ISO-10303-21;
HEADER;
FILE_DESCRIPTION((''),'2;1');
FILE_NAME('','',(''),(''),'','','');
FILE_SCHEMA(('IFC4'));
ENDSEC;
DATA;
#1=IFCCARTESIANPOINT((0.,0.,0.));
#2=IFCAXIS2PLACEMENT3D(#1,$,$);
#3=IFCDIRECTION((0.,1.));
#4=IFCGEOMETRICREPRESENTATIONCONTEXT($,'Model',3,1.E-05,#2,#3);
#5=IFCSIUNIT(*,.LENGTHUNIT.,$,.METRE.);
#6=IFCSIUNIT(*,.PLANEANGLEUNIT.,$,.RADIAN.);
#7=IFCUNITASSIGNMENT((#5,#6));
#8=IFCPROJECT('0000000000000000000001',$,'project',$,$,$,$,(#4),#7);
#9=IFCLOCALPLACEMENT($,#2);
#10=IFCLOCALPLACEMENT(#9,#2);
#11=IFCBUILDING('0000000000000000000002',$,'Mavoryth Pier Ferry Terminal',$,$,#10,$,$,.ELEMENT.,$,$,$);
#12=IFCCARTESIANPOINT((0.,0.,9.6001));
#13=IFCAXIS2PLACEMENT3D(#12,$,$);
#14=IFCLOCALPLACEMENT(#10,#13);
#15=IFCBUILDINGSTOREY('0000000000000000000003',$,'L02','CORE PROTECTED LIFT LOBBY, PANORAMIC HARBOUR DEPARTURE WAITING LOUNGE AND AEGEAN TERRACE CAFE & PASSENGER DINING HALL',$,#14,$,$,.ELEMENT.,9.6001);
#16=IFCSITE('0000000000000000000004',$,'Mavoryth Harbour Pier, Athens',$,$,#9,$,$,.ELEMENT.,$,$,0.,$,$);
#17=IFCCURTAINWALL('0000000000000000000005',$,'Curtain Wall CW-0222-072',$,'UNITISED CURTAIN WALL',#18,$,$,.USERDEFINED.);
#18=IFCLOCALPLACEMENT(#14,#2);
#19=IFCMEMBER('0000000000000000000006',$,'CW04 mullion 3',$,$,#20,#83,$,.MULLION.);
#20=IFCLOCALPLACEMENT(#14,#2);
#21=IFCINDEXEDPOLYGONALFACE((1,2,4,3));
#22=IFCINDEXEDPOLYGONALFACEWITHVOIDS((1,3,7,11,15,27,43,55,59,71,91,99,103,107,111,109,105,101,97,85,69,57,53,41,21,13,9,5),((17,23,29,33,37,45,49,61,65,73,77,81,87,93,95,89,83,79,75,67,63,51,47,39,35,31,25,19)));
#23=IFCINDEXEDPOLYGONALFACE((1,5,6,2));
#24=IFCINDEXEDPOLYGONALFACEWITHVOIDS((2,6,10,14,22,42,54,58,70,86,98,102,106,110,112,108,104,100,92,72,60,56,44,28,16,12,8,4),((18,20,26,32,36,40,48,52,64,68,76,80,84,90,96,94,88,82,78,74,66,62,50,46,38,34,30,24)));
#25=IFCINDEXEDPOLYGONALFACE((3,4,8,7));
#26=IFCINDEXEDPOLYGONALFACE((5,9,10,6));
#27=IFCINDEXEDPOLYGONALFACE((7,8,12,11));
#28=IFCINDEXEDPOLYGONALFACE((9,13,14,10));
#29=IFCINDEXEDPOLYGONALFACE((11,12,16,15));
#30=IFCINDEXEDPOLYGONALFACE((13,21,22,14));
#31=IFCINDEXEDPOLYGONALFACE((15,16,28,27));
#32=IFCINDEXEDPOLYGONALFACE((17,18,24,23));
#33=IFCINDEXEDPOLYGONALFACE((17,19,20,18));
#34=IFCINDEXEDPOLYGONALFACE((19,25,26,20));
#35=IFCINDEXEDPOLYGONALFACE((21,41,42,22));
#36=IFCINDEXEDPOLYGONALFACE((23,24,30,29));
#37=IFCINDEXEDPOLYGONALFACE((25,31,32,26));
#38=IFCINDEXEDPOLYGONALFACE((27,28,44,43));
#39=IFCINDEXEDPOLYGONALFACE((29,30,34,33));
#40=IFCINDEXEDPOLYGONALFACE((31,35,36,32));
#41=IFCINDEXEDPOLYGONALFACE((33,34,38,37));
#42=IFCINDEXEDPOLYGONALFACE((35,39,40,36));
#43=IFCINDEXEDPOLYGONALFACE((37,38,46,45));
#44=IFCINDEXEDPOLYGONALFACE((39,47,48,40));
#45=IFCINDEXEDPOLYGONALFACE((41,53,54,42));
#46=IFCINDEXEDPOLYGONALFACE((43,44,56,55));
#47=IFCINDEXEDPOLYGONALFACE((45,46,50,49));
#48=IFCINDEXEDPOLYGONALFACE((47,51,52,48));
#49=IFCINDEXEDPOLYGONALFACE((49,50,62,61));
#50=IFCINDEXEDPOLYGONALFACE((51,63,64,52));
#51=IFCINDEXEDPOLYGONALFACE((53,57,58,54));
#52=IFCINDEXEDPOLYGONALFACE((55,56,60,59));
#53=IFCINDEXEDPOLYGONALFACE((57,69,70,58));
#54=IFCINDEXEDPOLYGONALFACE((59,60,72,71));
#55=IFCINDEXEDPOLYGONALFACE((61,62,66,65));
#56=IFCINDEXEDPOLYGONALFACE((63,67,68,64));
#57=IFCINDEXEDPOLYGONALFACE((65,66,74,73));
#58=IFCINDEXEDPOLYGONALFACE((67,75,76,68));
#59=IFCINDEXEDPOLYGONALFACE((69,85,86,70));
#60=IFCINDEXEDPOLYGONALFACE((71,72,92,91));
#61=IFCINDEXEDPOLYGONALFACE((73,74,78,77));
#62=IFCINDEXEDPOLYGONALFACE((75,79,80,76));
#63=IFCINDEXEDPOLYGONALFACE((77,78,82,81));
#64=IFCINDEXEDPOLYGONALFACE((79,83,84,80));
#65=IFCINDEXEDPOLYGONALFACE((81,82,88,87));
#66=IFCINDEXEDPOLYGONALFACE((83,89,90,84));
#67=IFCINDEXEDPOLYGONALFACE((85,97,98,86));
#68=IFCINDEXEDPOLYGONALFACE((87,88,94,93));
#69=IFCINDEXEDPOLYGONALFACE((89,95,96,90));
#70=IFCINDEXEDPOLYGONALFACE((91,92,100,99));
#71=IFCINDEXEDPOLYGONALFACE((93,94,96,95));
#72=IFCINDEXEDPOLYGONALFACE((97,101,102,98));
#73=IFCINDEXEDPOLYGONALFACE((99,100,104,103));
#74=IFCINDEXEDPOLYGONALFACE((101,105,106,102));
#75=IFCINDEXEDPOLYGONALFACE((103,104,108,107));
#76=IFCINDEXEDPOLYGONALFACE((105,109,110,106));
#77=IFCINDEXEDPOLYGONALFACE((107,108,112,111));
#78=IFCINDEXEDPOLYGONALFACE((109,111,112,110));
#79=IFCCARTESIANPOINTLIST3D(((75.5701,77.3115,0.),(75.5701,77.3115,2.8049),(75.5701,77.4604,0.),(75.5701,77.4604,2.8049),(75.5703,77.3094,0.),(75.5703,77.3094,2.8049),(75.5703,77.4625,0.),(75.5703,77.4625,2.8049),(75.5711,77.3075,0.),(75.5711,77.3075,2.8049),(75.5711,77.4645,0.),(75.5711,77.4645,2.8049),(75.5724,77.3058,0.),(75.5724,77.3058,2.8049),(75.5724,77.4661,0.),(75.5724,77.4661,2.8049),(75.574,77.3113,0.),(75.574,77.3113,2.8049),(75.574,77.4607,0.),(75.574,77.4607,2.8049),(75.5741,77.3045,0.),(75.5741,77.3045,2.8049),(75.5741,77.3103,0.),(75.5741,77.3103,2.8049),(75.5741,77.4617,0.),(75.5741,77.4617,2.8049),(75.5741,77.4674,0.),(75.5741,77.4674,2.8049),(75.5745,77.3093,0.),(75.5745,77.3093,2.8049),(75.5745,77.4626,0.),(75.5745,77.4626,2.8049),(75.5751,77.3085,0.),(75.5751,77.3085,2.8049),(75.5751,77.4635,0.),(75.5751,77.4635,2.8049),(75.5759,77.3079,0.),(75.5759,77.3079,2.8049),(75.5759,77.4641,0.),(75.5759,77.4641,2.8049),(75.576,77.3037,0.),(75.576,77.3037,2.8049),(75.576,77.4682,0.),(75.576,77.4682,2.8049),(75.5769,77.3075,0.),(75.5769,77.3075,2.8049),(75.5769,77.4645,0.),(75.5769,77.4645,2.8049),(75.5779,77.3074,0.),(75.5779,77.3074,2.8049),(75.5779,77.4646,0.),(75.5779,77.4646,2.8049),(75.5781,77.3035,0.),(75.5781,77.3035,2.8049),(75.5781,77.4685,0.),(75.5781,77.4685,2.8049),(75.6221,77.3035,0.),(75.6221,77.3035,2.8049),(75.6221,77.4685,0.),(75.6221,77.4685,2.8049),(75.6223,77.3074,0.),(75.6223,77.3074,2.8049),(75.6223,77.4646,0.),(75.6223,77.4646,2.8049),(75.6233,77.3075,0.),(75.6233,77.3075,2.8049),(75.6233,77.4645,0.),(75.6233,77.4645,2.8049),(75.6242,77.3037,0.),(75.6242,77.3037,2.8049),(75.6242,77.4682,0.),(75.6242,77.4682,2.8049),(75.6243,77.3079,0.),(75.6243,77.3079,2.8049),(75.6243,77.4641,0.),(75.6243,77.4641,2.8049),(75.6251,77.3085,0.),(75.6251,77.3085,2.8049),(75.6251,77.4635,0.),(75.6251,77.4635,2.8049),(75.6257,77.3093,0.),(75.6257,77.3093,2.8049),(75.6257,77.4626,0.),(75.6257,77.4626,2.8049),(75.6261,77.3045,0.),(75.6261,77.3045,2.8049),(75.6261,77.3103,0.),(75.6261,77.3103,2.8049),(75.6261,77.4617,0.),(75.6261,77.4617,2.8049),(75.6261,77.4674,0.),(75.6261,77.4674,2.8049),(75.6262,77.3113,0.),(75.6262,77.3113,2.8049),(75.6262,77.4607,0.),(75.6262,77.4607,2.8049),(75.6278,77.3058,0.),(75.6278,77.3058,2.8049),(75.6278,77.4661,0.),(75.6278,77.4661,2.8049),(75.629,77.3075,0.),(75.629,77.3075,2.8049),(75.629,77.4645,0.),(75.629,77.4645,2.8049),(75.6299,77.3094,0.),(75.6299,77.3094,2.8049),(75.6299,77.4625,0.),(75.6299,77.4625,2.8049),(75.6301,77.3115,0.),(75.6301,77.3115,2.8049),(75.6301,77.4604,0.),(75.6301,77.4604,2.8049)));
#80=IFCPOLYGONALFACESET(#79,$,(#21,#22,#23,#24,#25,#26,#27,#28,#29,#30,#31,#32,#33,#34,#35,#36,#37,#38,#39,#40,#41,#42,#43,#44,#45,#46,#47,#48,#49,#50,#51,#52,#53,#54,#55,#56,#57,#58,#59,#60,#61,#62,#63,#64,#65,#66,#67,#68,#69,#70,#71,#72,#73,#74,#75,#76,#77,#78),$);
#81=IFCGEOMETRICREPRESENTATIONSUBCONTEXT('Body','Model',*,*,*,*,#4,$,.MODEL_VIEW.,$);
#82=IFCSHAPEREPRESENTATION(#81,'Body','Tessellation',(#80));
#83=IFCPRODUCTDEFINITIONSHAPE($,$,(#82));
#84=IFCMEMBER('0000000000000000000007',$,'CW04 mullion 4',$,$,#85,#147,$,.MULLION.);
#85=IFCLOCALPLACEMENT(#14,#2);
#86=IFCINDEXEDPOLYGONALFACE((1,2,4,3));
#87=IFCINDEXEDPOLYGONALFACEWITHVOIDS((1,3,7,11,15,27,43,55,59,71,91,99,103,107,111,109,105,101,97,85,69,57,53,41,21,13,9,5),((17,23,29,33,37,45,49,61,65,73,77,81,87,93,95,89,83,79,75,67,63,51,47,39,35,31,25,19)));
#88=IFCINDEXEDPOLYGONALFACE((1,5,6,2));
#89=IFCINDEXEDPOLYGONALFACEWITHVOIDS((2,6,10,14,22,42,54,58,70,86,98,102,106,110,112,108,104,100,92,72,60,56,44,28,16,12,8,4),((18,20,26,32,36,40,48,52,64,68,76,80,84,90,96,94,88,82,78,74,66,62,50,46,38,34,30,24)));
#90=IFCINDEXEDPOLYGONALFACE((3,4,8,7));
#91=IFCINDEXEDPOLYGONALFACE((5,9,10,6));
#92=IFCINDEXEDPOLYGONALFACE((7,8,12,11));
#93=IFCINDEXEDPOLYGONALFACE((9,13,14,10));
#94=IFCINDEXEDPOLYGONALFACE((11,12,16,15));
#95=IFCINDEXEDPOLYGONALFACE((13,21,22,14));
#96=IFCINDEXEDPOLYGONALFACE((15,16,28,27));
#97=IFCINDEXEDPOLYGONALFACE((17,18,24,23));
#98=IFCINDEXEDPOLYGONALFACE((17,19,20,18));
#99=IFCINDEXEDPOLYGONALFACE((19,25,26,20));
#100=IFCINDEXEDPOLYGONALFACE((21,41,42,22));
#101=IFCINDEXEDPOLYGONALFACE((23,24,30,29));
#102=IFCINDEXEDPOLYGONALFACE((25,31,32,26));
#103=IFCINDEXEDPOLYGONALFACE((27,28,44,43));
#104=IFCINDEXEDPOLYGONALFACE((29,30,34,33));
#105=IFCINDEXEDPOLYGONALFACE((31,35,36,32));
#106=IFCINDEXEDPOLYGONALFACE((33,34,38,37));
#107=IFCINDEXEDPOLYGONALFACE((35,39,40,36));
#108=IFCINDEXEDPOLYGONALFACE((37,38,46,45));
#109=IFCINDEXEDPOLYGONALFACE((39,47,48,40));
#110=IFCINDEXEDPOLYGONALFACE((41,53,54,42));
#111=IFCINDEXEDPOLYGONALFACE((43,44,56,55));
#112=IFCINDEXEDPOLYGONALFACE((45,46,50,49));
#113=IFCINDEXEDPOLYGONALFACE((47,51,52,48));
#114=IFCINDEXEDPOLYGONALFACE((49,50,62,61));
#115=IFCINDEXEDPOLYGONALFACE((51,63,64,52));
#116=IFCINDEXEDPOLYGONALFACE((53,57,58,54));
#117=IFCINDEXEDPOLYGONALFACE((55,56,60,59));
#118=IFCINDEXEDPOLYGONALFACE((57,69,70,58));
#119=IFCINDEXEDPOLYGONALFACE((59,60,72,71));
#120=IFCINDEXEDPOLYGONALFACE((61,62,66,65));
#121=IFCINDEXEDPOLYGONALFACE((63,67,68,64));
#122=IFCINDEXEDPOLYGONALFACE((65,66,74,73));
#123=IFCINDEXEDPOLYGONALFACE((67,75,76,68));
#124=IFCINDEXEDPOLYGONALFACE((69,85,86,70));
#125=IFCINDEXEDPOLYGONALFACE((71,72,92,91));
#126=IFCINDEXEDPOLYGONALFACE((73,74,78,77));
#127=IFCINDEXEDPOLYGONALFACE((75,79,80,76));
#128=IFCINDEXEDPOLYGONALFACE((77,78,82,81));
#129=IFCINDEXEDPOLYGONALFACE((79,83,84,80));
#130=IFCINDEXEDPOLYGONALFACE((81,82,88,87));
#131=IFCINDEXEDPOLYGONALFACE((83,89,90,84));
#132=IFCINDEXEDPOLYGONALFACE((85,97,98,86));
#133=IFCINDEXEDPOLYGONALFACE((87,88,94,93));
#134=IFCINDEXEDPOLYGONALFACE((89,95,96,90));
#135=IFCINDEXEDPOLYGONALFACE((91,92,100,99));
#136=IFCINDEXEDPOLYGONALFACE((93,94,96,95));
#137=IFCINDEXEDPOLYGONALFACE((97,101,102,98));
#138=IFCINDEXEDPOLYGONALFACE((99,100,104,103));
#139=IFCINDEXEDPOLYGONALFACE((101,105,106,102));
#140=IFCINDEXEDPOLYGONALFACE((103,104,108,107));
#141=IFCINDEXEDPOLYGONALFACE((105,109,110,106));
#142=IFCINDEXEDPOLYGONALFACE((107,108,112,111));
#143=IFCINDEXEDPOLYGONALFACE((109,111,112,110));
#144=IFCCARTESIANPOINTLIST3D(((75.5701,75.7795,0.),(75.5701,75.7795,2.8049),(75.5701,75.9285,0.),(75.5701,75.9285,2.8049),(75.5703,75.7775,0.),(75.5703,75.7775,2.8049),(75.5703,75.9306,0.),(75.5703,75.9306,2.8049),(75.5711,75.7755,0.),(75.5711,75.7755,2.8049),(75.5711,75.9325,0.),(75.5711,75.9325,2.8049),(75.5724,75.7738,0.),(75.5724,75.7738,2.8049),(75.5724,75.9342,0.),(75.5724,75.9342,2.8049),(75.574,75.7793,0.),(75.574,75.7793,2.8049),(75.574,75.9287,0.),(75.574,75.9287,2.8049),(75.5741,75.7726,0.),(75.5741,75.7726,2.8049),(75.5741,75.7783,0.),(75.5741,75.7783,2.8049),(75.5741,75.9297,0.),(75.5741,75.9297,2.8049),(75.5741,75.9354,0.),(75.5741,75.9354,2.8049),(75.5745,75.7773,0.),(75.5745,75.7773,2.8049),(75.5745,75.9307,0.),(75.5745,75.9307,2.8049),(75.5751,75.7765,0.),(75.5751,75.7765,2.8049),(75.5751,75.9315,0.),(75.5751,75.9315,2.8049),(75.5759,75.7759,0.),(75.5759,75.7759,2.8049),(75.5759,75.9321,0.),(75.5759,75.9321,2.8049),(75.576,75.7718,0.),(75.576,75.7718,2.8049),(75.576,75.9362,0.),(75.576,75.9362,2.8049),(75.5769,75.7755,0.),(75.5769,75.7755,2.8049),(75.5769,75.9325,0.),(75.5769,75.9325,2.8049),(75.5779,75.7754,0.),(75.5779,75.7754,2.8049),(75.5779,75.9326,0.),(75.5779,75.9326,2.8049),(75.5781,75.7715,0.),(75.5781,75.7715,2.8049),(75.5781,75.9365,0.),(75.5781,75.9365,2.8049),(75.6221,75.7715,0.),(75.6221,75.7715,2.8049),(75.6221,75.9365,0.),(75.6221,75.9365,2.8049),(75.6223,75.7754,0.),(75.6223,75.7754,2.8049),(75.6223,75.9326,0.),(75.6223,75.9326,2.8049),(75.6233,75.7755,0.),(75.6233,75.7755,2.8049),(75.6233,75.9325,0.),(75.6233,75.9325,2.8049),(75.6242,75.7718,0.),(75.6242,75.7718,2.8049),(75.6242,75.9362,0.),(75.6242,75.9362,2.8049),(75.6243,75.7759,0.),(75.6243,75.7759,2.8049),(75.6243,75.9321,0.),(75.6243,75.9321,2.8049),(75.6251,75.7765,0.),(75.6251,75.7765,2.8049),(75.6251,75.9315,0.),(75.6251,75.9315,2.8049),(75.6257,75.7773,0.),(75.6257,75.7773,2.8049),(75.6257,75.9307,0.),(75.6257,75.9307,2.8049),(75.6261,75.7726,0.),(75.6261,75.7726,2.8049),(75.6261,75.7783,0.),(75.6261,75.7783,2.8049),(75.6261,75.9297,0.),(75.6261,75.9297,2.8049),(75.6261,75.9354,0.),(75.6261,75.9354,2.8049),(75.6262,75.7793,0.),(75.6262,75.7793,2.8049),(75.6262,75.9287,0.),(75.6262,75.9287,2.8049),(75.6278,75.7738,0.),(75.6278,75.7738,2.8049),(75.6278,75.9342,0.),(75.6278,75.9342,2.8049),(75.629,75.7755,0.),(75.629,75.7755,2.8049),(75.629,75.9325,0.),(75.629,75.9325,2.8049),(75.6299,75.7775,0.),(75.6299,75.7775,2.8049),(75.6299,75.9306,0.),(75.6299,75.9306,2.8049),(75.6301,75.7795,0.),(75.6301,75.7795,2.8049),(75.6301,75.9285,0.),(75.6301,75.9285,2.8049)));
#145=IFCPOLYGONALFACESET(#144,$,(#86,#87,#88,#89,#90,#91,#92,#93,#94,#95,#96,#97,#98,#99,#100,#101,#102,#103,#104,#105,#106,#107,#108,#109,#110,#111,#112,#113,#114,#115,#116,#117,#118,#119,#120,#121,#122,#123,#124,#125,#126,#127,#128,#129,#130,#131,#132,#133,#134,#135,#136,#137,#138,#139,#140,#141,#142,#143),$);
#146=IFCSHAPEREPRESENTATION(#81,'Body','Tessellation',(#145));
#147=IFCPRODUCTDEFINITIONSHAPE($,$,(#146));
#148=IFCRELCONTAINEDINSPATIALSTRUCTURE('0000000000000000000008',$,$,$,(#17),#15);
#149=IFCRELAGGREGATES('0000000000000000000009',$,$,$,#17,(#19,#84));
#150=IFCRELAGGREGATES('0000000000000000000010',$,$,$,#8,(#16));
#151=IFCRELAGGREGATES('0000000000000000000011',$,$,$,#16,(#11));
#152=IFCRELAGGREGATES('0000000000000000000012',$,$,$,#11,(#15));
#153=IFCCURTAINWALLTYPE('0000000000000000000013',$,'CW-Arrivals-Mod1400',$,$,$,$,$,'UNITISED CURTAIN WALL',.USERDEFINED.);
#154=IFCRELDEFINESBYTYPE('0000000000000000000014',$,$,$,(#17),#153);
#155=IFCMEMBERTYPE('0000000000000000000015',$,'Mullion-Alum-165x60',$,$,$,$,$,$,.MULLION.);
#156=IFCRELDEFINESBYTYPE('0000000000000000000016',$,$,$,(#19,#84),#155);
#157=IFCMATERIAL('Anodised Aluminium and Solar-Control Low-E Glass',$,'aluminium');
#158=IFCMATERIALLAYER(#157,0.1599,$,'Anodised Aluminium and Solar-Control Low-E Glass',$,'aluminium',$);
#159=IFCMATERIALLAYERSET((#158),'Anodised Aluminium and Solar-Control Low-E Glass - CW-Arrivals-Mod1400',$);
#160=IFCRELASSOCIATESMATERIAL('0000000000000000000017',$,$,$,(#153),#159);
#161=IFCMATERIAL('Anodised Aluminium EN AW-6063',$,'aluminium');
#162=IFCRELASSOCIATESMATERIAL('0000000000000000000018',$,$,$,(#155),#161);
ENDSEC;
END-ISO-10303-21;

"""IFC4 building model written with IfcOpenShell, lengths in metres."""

from ifc_helpers import new_model, si_unit, direction, frame, origin, origin_2d, place, context, subcontext, project, spatial, hollow_rectangle, extrude, material, layer, layer_set, material_profile, profile_set, type_object, element, aggregate, save


model = new_model("IFC4")

# Units and contexts
model_context = context("Model", 3, precision=1e-05, world=origin(), true_north=direction((0.0, 1.0)))
body_context = subcontext(model_context, "Body", "Model", "MODEL_VIEW")
ifc_project = project(units=[si_unit("LENGTHUNIT", "METRE"), si_unit("PLANEANGLEUNIT", "RADIAN")], contexts=[model_context])

# Site, building, storey
site_placement = place(None, origin())
site = spatial("IfcSite", under=ifc_project, at=site_placement, Name="Mavoryth Harbour Pier, Athens", CompositionType="ELEMENT", RefElevation=0.0)
building_placement = place(site_placement, origin())
building = spatial("IfcBuilding", under=site, at=building_placement, Name="Mavoryth Pier Ferry Terminal", CompositionType="ELEMENT")
storey_placement = place(building_placement, frame((0.0, 0.0, 9.6001)))
storey = spatial("IfcBuildingStorey", under=building, at=storey_placement, Name="L02", Description="CORE PROTECTED LIFT LOBBY, PANORAMIC HARBOUR DEPARTURE WAITING LOUNGE AND AEGEAN TERRACE CAFE & PASSENGER DINING HALL", CompositionType="ELEMENT", Elevation=9.6001)

# Curtain wall, members
ifc_material_1 = material(Name="Anodised Aluminium and Solar-Control Low-E Glass", Category="aluminium")
ifc_layer_1 = layer(ifc_material_1, 0.1599, Name="Anodised Aluminium and Solar-Control Low-E Glass", Category="aluminium")
ifc_layer_set_1 = layer_set([ifc_layer_1], Name="Anodised Aluminium and Solar-Control Low-E Glass - CW-Arrivals-Mod1400")
curtain_wall_type = type_object("IfcCurtainWallType", Name="CW-Arrivals-Mod1400", ElementType="UNITISED CURTAIN WALL", PredefinedType="USERDEFINED", material=ifc_layer_set_1)
curtain_wall_placement = place(storey_placement, origin())
curtain_wall = element("IfcCurtainWall", 1, at=curtain_wall_placement, inside=storey, type_object=curtain_wall_type, Name="Curtain Wall CW-0222-072", ObjectType="UNITISED CURTAIN WALL", PredefinedType="USERDEFINED")
ifc_material_2 = material(Name="Anodised Aluminium EN AW-6063", Category="aluminium")
ifc_material_profile_1 = material_profile(ifc_material_2, hollow_rectangle(XDim=0.0601, YDim=0.165, WallThickness=0.0039, InnerFilletRadius=0.0039, OuterFilletRadius=0.0081, at=origin_2d()), Name="AL-MULL 165x60x4", Category="aluminium")
ifc_profile_set_1 = profile_set([ifc_material_profile_1], Name="Anodised Aluminium EN AW-6063 - AL-MULL 165x60x4")
member_type_1 = type_object("IfcMemberType", Name="Mullion-Alum-165x60", PredefinedType="MULLION", material=ifc_profile_set_1)
member_1_placement = place(storey_placement, frame((75.6001, 77.386, 0.0), z_axis=(0.0, 0.0, 1.0), x_axis=(1.0, 0.0, 0.0)))
member_1 = element("IfcMember", 2, at=member_1_placement, type_object=member_type_1, Name="CW04 mullion 3", PredefinedType="MULLION", context=body_context, shape_type="SweptSolid", body=[
    extrude(hollow_rectangle(XDim=0.0601, YDim=0.165, WallThickness=0.0039, InnerFilletRadius=0.0039, OuterFilletRadius=0.0081, at=origin_2d()), origin(), (0.0, 0.0, 1.0), 2.8049),
])
member_2_placement = place(storey_placement, frame((75.6001, 75.854, 0.0), z_axis=(0.0, 0.0, 1.0), x_axis=(1.0, 0.0, 0.0)))
member_2 = element("IfcMember", 3, at=member_2_placement, type_object=member_type_1, Name="CW04 mullion 4", PredefinedType="MULLION", context=body_context, shape_type="SweptSolid", body=[
    extrude(hollow_rectangle(XDim=0.0601, YDim=0.165, WallThickness=0.0039, InnerFilletRadius=0.0039, OuterFilletRadius=0.0081, at=origin_2d()), origin(), (0.0, 0.0, 1.0), 2.8049),
])

aggregate(curtain_wall, [member_1, member_2])

save(model, "model.ifc")
